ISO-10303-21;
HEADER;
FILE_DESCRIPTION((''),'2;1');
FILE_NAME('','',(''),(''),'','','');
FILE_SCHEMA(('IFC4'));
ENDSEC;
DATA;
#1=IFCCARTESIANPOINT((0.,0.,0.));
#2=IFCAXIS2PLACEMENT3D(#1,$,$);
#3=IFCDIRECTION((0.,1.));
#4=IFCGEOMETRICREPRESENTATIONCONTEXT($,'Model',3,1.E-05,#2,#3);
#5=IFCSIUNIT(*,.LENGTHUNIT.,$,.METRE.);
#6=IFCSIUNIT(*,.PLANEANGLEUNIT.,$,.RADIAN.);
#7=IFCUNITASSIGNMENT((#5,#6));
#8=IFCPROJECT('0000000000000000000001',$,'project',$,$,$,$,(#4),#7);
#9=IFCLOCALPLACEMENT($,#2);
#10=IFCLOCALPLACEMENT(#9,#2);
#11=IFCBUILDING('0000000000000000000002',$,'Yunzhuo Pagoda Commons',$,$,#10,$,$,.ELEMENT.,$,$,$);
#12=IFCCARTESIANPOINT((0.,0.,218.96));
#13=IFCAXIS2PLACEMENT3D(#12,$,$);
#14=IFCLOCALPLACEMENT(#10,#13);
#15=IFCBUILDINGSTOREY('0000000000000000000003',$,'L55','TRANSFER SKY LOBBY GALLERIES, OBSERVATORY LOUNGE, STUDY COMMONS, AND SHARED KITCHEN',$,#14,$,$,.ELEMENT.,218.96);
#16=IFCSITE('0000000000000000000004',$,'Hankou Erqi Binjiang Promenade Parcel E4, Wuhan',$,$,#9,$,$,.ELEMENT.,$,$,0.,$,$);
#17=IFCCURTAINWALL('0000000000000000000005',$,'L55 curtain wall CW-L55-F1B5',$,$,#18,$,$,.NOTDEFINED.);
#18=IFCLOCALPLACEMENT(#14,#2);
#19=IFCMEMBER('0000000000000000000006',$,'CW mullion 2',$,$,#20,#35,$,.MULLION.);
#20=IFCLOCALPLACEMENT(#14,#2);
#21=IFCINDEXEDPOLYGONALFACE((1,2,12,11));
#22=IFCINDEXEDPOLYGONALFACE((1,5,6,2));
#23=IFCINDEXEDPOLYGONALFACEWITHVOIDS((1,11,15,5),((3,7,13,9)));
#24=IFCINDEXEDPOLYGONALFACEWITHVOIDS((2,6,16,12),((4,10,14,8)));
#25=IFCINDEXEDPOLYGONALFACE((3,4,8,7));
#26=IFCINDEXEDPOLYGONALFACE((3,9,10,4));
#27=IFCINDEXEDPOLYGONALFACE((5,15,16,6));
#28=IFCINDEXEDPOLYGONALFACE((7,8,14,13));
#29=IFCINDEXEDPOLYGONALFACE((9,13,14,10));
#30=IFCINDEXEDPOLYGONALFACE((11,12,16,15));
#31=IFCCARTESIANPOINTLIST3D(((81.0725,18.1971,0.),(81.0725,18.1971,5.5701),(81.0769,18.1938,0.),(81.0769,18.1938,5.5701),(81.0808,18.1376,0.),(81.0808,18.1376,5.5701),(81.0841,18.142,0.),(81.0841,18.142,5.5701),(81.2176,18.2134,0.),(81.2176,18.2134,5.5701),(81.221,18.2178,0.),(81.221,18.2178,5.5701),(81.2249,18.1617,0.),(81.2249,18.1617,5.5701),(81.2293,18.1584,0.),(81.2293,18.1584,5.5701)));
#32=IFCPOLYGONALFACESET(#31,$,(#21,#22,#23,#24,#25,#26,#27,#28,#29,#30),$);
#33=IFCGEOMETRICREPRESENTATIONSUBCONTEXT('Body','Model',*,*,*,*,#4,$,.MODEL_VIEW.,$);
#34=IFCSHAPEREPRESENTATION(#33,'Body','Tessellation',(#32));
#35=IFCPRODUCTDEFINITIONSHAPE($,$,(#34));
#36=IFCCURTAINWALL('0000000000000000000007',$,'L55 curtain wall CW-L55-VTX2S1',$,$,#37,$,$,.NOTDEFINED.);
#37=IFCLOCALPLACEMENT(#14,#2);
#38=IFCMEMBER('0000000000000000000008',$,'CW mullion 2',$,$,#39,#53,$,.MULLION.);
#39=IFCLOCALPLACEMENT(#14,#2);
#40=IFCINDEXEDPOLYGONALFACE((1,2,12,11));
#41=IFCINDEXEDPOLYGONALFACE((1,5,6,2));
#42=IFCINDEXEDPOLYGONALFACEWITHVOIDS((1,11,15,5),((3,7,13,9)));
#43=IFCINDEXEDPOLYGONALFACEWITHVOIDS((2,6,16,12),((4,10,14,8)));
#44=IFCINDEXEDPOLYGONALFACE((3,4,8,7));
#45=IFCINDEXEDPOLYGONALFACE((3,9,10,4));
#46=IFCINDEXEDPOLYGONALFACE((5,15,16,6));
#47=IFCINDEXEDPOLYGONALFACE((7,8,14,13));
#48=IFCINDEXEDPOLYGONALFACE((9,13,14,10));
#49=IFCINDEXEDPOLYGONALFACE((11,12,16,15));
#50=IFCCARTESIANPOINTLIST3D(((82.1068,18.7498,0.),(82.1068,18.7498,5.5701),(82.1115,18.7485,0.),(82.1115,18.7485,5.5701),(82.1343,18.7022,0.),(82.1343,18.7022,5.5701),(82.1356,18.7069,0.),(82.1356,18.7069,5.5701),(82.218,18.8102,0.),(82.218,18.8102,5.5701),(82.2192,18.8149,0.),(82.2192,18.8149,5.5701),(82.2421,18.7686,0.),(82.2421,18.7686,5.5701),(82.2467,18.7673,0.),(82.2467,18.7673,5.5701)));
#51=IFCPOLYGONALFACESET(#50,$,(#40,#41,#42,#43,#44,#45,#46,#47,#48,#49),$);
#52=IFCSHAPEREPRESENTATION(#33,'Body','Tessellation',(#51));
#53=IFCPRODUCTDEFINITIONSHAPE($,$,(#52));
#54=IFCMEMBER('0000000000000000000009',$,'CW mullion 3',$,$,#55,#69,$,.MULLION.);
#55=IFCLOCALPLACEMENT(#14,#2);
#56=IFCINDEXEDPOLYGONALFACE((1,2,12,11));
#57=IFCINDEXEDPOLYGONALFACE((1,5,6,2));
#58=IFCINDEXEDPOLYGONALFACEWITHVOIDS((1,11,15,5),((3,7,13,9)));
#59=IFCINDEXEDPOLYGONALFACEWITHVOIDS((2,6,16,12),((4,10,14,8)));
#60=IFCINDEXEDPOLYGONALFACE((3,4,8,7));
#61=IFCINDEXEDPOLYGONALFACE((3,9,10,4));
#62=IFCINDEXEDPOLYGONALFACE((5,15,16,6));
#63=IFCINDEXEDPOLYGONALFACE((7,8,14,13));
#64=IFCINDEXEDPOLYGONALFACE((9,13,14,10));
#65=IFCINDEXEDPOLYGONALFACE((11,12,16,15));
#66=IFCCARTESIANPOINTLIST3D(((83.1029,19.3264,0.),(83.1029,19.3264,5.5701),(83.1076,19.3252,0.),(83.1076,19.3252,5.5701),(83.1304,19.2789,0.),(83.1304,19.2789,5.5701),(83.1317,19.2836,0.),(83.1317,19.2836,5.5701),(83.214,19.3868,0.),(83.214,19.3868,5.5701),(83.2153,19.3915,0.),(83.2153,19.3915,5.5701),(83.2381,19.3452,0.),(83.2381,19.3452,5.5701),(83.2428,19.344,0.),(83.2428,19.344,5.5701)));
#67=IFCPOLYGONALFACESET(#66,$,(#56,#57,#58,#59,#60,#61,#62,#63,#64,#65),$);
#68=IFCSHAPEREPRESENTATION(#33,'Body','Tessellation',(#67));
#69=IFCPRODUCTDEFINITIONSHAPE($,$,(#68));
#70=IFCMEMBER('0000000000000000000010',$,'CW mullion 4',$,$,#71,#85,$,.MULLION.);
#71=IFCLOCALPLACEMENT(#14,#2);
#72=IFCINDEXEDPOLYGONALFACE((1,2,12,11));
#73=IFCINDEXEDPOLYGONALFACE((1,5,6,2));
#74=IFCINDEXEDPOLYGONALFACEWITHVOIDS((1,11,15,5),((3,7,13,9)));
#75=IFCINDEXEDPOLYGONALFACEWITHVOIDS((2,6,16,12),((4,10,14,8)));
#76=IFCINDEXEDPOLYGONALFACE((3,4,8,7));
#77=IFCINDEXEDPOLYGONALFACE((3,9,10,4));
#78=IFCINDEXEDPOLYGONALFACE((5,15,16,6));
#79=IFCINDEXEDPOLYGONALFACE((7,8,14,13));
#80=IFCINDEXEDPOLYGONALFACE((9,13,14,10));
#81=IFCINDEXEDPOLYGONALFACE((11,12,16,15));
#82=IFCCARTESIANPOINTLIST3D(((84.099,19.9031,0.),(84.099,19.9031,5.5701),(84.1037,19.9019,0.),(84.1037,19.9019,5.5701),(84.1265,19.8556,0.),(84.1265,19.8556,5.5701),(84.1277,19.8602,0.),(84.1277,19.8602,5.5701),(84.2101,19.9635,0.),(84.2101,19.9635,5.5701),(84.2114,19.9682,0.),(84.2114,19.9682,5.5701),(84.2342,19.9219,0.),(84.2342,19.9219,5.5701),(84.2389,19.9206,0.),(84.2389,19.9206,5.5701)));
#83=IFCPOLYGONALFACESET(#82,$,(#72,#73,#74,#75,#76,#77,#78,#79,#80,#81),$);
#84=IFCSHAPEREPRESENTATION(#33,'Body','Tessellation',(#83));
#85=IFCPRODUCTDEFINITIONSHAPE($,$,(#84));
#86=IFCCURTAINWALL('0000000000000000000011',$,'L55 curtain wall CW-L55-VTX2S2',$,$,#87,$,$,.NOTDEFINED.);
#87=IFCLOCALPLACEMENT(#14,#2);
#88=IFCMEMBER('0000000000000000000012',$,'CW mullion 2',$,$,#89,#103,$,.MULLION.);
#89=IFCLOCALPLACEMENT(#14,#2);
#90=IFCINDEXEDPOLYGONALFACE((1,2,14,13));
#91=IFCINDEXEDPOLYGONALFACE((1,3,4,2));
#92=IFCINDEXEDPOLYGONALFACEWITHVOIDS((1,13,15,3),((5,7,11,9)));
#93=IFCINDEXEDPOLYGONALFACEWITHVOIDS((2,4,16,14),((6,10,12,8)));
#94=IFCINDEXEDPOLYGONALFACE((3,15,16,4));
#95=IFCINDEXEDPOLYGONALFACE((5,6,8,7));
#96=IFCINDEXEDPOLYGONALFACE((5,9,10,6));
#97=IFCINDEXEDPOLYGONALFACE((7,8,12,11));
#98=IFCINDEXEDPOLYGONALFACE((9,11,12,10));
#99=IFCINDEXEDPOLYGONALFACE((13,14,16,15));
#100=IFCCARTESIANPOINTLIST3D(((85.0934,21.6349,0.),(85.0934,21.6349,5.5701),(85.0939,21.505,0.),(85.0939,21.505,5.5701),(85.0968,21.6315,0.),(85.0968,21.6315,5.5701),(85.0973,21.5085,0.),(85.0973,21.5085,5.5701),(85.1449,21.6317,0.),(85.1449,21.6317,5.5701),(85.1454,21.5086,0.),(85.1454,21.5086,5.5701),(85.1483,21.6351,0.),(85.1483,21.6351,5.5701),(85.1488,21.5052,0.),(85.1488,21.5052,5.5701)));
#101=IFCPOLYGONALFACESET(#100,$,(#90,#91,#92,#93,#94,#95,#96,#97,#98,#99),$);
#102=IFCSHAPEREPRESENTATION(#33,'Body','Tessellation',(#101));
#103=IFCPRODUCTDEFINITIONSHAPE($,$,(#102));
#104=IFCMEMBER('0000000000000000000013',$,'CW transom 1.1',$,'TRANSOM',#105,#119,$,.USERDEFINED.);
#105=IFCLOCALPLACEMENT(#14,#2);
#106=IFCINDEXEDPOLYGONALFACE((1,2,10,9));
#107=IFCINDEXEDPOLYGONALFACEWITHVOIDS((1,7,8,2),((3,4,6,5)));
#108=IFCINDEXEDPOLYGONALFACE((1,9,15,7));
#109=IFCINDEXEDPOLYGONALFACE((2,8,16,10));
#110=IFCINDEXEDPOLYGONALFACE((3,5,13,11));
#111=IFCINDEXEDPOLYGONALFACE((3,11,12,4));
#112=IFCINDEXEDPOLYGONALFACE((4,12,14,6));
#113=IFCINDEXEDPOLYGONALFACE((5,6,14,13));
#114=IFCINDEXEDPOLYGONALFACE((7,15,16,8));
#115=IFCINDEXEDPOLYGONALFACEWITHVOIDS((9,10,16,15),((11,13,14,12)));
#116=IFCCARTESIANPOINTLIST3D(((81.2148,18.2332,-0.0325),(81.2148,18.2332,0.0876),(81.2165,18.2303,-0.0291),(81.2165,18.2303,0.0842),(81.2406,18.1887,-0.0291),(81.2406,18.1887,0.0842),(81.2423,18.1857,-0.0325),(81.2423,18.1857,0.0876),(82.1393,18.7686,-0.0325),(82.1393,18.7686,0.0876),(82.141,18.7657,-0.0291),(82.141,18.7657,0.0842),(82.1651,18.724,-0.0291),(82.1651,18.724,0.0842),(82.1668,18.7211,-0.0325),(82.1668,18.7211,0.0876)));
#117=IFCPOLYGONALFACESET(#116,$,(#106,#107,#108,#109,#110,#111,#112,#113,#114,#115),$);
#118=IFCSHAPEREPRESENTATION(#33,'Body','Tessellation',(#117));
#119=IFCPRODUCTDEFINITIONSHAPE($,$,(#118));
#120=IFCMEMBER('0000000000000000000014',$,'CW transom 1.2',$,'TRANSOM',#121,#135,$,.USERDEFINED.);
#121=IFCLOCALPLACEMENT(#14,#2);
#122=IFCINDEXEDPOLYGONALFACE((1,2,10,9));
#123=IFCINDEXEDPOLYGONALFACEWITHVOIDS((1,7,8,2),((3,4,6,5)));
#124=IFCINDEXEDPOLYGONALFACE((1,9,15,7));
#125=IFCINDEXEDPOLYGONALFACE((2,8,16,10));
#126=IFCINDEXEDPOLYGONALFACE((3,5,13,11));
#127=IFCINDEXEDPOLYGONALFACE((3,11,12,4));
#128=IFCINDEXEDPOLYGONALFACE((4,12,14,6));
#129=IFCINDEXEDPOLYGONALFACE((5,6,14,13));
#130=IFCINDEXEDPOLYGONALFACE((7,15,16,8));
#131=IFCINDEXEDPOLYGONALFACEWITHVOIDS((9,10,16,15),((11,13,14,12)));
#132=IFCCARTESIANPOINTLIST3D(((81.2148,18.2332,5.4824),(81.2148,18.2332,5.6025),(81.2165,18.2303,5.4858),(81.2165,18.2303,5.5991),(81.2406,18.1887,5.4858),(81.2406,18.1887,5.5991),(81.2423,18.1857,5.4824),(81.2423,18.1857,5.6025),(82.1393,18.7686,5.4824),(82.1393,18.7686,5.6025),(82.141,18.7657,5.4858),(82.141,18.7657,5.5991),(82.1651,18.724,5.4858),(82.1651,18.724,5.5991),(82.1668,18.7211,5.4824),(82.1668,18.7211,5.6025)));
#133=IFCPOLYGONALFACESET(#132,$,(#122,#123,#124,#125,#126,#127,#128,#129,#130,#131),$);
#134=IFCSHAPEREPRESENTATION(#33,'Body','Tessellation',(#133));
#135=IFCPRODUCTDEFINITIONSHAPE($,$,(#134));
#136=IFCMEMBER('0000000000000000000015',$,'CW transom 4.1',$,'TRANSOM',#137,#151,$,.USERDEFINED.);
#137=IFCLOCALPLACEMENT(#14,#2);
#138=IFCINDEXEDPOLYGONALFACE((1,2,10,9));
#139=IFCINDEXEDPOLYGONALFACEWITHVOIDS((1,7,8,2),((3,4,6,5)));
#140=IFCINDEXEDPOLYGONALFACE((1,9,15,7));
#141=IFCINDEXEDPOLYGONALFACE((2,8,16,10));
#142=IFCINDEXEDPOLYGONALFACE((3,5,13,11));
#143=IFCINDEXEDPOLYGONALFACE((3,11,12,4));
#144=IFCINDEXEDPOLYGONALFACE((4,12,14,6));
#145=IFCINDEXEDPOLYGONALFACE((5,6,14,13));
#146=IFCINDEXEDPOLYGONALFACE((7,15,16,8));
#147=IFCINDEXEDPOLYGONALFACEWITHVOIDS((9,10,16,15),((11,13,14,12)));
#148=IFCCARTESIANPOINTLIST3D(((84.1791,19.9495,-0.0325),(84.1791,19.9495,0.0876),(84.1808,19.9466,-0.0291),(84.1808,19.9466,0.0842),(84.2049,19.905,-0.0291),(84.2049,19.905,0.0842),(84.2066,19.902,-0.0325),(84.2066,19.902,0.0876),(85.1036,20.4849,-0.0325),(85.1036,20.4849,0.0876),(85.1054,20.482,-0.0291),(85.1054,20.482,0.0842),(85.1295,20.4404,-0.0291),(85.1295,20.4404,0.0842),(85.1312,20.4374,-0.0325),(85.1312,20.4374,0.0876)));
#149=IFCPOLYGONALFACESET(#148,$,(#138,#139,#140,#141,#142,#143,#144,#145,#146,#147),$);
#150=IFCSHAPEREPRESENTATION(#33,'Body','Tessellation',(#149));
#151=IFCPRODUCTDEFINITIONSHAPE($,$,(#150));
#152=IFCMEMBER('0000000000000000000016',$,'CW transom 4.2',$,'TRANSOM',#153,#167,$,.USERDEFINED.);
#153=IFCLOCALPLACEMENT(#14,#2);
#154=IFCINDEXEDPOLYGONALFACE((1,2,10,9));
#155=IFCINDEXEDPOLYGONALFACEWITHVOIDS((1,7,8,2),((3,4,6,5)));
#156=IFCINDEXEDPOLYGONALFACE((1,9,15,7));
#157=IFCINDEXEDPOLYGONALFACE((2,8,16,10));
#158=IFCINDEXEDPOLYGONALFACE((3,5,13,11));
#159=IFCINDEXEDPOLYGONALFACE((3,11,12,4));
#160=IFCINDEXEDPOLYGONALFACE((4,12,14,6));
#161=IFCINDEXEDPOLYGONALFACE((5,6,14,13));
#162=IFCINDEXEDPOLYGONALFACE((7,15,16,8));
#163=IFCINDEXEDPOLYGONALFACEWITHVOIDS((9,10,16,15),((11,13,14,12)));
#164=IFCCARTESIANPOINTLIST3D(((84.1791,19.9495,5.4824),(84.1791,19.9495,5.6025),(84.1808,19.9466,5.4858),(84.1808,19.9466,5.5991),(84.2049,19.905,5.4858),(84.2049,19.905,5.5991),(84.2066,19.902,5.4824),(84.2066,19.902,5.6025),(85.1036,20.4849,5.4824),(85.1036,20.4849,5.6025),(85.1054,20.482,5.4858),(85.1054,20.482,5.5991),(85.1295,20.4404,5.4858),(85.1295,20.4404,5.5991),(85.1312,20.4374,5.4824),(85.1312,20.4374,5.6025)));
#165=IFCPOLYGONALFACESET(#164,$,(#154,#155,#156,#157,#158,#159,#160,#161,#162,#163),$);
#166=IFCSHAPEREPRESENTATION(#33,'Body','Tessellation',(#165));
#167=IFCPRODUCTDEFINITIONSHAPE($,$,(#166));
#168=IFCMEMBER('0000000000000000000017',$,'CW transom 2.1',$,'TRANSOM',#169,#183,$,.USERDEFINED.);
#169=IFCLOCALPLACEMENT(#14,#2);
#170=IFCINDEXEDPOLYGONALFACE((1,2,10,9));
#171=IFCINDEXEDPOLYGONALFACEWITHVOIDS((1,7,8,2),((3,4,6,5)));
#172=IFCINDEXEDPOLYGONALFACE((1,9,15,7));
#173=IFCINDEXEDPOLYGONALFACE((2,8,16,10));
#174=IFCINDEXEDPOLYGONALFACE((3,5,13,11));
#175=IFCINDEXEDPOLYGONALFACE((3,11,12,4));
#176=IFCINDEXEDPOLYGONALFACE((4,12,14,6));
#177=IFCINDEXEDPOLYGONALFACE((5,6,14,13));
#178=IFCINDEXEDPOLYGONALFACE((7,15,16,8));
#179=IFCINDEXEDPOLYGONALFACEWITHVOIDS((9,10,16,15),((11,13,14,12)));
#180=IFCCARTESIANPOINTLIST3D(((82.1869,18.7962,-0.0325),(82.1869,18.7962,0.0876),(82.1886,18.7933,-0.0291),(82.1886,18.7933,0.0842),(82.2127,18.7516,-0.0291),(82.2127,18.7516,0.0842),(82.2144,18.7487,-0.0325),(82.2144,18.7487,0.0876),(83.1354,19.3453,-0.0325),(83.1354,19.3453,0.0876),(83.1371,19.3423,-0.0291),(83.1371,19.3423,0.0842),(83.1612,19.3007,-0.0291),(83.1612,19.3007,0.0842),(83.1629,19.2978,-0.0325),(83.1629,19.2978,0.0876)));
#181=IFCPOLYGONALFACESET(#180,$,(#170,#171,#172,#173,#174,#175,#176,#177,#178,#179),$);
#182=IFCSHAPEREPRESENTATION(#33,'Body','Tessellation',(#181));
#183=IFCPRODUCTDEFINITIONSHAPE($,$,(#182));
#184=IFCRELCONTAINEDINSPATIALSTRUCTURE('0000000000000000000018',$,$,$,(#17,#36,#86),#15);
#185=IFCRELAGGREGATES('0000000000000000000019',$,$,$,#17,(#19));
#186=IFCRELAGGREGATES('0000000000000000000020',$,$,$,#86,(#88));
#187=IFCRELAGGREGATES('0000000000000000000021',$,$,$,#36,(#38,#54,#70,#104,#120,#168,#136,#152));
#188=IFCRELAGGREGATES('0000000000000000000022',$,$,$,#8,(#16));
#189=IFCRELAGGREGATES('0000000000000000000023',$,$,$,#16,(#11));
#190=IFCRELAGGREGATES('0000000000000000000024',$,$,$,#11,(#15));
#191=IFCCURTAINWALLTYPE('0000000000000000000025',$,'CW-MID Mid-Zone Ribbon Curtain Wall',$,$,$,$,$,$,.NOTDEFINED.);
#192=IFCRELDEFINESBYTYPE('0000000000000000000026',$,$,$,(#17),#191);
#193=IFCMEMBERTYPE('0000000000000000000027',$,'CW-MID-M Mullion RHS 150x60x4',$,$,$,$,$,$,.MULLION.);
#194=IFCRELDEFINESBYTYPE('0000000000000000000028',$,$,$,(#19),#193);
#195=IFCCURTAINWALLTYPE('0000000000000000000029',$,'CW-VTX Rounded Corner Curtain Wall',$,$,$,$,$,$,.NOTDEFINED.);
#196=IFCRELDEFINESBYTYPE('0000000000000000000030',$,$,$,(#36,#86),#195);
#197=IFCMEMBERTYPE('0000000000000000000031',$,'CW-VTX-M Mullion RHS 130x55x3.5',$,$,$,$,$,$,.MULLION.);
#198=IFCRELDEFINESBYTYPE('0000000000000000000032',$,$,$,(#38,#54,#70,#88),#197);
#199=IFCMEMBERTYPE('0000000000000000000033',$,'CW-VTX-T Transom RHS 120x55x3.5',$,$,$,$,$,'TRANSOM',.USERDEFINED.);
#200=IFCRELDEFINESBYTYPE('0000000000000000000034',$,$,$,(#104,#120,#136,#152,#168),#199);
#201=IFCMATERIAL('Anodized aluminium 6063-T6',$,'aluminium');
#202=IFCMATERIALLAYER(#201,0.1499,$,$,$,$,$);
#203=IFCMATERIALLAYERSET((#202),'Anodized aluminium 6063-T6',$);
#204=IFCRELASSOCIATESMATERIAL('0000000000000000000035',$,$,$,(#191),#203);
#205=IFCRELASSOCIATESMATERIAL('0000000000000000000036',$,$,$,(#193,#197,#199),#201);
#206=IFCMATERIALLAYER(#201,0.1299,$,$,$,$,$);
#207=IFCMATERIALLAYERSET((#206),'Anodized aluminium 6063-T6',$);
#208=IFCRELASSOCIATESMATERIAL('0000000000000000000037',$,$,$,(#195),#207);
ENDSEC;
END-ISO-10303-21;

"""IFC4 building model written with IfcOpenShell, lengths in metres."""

from ifc_helpers import new_model, si_unit, direction, frame, origin, origin_2d, place, context, subcontext, project, spatial, hollow_rectangle, extrude, source, transform, mapped, material, layer, layer_set, material_profile, profile_set, type_object, element, aggregate, save


model = new_model("IFC4")

# Units and contexts
model_context = context("Model", 3, precision=1e-05, world=origin(), true_north=direction((0.0, 1.0)))
body_context = subcontext(model_context, "Body", "Model", "MODEL_VIEW")
ifc_project = project(units=[si_unit("LENGTHUNIT", "METRE"), si_unit("PLANEANGLEUNIT", "RADIAN")], contexts=[model_context])

# Site, building, storey
site_placement = place(None, origin())
site = spatial("IfcSite", under=ifc_project, at=site_placement, Name="Hankou Erqi Binjiang Promenade Parcel E4, Wuhan", CompositionType="ELEMENT", RefElevation=0.0)
building_placement = place(site_placement, origin())
building = spatial("IfcBuilding", under=site, at=building_placement, Name="Yunzhuo Pagoda Commons", CompositionType="ELEMENT")
storey_placement = place(building_placement, frame((0.0, 0.0, 218.96)))
storey = spatial("IfcBuildingStorey", under=building, at=storey_placement, Name="L55", Description="TRANSFER SKY LOBBY GALLERIES, OBSERVATORY LOUNGE, STUDY COMMONS, AND SHARED KITCHEN", CompositionType="ELEMENT", Elevation=218.96)

# Curtain wall, member
ifc_material_1 = material(Name="Anodized aluminium 6063-T6", Category="aluminium")
ifc_layer_1 = layer(ifc_material_1, 0.1499)
ifc_layer_set_1 = layer_set([ifc_layer_1], Name="Anodized aluminium 6063-T6")
curtain_wall_type_1 = type_object("IfcCurtainWallType", Name="CW-MID Mid-Zone Ribbon Curtain Wall", PredefinedType="NOTDEFINED", material=ifc_layer_set_1)
curtain_wall_1_placement = place(storey_placement, origin())
curtain_wall_1 = element("IfcCurtainWall", 1, at=curtain_wall_1_placement, inside=storey, type_object=curtain_wall_type_1, Name="L55 curtain wall CW-L55-F1B5", PredefinedType="NOTDEFINED")
ifc_material_profile_1 = material_profile(ifc_material_1, hollow_rectangle(XDim=0.0601, YDim=0.1499, WallThickness=0.0039, at=origin_2d()), Name="Anodized aluminium 6063-T6")
ifc_profile_set_1 = profile_set([ifc_material_profile_1], Name="Anodized aluminium 6063-T6")
member_type_1 = type_object("IfcMemberType", Name="CW-MID-M Mullion RHS 150x60x4", PredefinedType="MULLION", material=ifc_profile_set_1)
shared_shape_1 = source(origin(), body_context, "Body", "SweptSolid", [
    extrude(hollow_rectangle(XDim=0.0601, YDim=0.1499, WallThickness=0.0039, at=origin_2d()), origin(), (0.0, 0.0, 1.0), 5.5701),
])
member_1_placement = place(storey_placement, frame((81.1509, 18.1777, 0.0), z_axis=(0.0, 0.0, 1.0), x_axis=(-0.138332, 0.990386, 0.0)))
member_1 = element("IfcMember", 2, at=member_1_placement, type_object=member_type_1, Name="CW mullion 2", PredefinedType="MULLION", context=body_context, shape_type="MappedRepresentation", body=[
    mapped(shared_shape_1, transform((0.0, 0.0, 0.0), scale=1.0)),
])
aggregate(curtain_wall_1, [member_1])

# Curtain wall, members
ifc_layer_2 = layer(ifc_material_1, 0.1299)
ifc_layer_set_2 = layer_set([ifc_layer_2], Name="Anodized aluminium 6063-T6")
curtain_wall_type_2 = type_object("IfcCurtainWallType", Name="CW-VTX Rounded Corner Curtain Wall", PredefinedType="NOTDEFINED", material=ifc_layer_set_2)
curtain_wall_2_placement = place(storey_placement, origin())
curtain_wall_2 = element("IfcCurtainWall", 3, at=curtain_wall_2_placement, inside=storey, type_object=curtain_wall_type_2, Name="L55 curtain wall CW-L55-VTX2S1", PredefinedType="NOTDEFINED")
ifc_material_profile_2 = material_profile(ifc_material_1, hollow_rectangle(XDim=0.0549, YDim=0.1299, WallThickness=0.0034, at=origin_2d()), Name="Anodized aluminium 6063-T6")
ifc_profile_set_2 = profile_set([ifc_material_profile_2], Name="Anodized aluminium 6063-T6")
member_type_2 = type_object("IfcMemberType", Name="CW-VTX-M Mullion RHS 130x55x3.5", PredefinedType="MULLION", material=ifc_profile_set_2)
shared_shape_2 = source(origin(), body_context, "Body", "SweptSolid", [
    extrude(hollow_rectangle(XDim=0.0549, YDim=0.1299, WallThickness=0.0034, at=origin_2d()), origin(), (0.0, 0.0, 1.0), 5.5701),
])
member_2_placement = place(storey_placement, frame((82.1768, 18.7585, 0.0), z_axis=(0.0, 0.0, 1.0), x_axis=(-0.501027, 0.865432, 0.0)))
member_2 = element("IfcMember", 4, at=member_2_placement, type_object=member_type_2, Name="CW mullion 2", PredefinedType="MULLION", context=body_context, shape_type="MappedRepresentation", body=[
    mapped(shared_shape_2, transform((0.0, 0.0, 0.0), scale=1.0)),
])
member_3_placement = place(storey_placement, frame((83.1729, 19.3352, 0.0), z_axis=(0.0, 0.0, 1.0), x_axis=(-0.501027, 0.865432, 0.0)))
member_3 = element("IfcMember", 5, at=member_3_placement, type_object=member_type_2, Name="CW mullion 3", PredefinedType="MULLION", context=body_context, shape_type="MappedRepresentation", body=[
    mapped(shared_shape_2, transform((0.0, 0.0, 0.0), scale=1.0)),
])
member_4_placement = place(storey_placement, frame((84.1689, 19.9119, 0.0), z_axis=(0.0, 0.0, 1.0), x_axis=(-0.501027, 0.865432, 0.0)))
member_4 = element("IfcMember", 6, at=member_4_placement, type_object=member_type_2, Name="CW mullion 4", PredefinedType="MULLION", context=body_context, shape_type="MappedRepresentation", body=[
    mapped(shared_shape_2, transform((0.0, 0.0, 0.0), scale=1.0)),
])

# Curtain wall, member
curtain_wall_3_placement = place(storey_placement, origin())
curtain_wall_3 = element("IfcCurtainWall", 7, at=curtain_wall_3_placement, inside=storey, type_object=curtain_wall_type_2, Name="L55 curtain wall CW-L55-VTX2S2", PredefinedType="NOTDEFINED")
member_5_placement = place(storey_placement, frame((85.1211, 21.5701, 0.0), z_axis=(0.0, 0.0, 1.0), x_axis=(-0.999994, -0.003584, 0.0)))
member_5 = element("IfcMember", 8, at=member_5_placement, type_object=member_type_2, Name="CW mullion 2", PredefinedType="MULLION", context=body_context, shape_type="MappedRepresentation", body=[
    mapped(shared_shape_2, transform((0.0, 0.0, 0.0), scale=1.0)),
])

# Members
ifc_material_profile_3 = material_profile(ifc_material_1, hollow_rectangle(XDim=0.0549, YDim=0.1201, WallThickness=0.0034, at=origin_2d()), Name="Anodized aluminium 6063-T6")
ifc_profile_set_3 = profile_set([ifc_material_profile_3], Name="Anodized aluminium 6063-T6")
member_type_3 = type_object("IfcMemberType", Name="CW-VTX-T Transom RHS 120x55x3.5", ElementType="TRANSOM", PredefinedType="USERDEFINED", material=ifc_profile_set_3)
shared_shape_3 = source(origin(), body_context, "Body", "SweptSolid", [
    extrude(hollow_rectangle(XDim=0.0549, YDim=0.1201, WallThickness=0.0034, at=origin_2d()), origin(), (0.0, 0.0, 1.0), 1.0684),
])
member_6_placement = place(storey_placement, frame((81.2285, 18.2095, 0.0276), z_axis=(0.865374, 0.501126, 0.0), x_axis=(-0.501126, 0.865374, 0.0)))
member_6 = element("IfcMember", 9, at=member_6_placement, type_object=member_type_3, Name="CW transom 1.1", ObjectType="TRANSOM", PredefinedType="USERDEFINED", context=body_context, shape_type="MappedRepresentation", body=[
    mapped(shared_shape_3, transform((0.0, 0.0, 0.0), scale=1.0)),
])
member_7_placement = place(storey_placement, frame((81.2285, 18.2095, 5.5425), z_axis=(0.865374, 0.501126, 0.0), x_axis=(-0.501126, 0.865374, 0.0)))
member_7 = element("IfcMember", 10, at=member_7_placement, type_object=member_type_3, Name="CW transom 1.2", ObjectType="TRANSOM", PredefinedType="USERDEFINED", context=body_context, shape_type="MappedRepresentation", body=[
    mapped(shared_shape_3, transform((0.0, 0.0, 0.0), scale=1.0)),
])
member_8_placement = place(storey_placement, frame((84.1929, 19.9258, 0.0276), z_axis=(0.865374, 0.501126, 0.0), x_axis=(-0.501126, 0.865374, 0.0)))
member_8 = element("IfcMember", 11, at=member_8_placement, type_object=member_type_3, Name="CW transom 4.1", ObjectType="TRANSOM", PredefinedType="USERDEFINED", context=body_context, shape_type="MappedRepresentation", body=[
    mapped(shared_shape_3, transform((0.0, 0.0, 0.0), scale=1.0)),
])
member_9_placement = place(storey_placement, frame((84.1929, 19.9258, 5.5425), z_axis=(0.865374, 0.501126, 0.0), x_axis=(-0.501126, 0.865374, 0.0)))
member_9 = element("IfcMember", 12, at=member_9_placement, type_object=member_type_3, Name="CW transom 4.2", ObjectType="TRANSOM", PredefinedType="USERDEFINED", context=body_context, shape_type="MappedRepresentation", body=[
    mapped(shared_shape_3, transform((0.0, 0.0, 0.0), scale=1.0)),
])
shared_shape_4 = source(origin(), body_context, "Body", "SweptSolid", [
    extrude(hollow_rectangle(XDim=0.0549, YDim=0.1201, WallThickness=0.0034, at=origin_2d()), origin(), (0.0, 0.0, 1.0), 1.0959),
])
member_10_placement = place(storey_placement, frame((82.2007, 18.7725, 0.0276), z_axis=(0.865447, 0.501001, 0.0), x_axis=(-0.501001, 0.865447, 0.0)))
member_10 = element("IfcMember", 13, at=member_10_placement, type_object=member_type_3, Name="CW transom 2.1", ObjectType="TRANSOM", PredefinedType="USERDEFINED", context=body_context, shape_type="MappedRepresentation", body=[
    mapped(shared_shape_4, transform((0.0, 0.0, 0.0), scale=1.0)),
])

aggregate(curtain_wall_3, [member_5])
aggregate(curtain_wall_2, [member_2, member_3, member_4, member_6, member_7, member_10, member_8, member_9])

save(model, "model.ifc")
